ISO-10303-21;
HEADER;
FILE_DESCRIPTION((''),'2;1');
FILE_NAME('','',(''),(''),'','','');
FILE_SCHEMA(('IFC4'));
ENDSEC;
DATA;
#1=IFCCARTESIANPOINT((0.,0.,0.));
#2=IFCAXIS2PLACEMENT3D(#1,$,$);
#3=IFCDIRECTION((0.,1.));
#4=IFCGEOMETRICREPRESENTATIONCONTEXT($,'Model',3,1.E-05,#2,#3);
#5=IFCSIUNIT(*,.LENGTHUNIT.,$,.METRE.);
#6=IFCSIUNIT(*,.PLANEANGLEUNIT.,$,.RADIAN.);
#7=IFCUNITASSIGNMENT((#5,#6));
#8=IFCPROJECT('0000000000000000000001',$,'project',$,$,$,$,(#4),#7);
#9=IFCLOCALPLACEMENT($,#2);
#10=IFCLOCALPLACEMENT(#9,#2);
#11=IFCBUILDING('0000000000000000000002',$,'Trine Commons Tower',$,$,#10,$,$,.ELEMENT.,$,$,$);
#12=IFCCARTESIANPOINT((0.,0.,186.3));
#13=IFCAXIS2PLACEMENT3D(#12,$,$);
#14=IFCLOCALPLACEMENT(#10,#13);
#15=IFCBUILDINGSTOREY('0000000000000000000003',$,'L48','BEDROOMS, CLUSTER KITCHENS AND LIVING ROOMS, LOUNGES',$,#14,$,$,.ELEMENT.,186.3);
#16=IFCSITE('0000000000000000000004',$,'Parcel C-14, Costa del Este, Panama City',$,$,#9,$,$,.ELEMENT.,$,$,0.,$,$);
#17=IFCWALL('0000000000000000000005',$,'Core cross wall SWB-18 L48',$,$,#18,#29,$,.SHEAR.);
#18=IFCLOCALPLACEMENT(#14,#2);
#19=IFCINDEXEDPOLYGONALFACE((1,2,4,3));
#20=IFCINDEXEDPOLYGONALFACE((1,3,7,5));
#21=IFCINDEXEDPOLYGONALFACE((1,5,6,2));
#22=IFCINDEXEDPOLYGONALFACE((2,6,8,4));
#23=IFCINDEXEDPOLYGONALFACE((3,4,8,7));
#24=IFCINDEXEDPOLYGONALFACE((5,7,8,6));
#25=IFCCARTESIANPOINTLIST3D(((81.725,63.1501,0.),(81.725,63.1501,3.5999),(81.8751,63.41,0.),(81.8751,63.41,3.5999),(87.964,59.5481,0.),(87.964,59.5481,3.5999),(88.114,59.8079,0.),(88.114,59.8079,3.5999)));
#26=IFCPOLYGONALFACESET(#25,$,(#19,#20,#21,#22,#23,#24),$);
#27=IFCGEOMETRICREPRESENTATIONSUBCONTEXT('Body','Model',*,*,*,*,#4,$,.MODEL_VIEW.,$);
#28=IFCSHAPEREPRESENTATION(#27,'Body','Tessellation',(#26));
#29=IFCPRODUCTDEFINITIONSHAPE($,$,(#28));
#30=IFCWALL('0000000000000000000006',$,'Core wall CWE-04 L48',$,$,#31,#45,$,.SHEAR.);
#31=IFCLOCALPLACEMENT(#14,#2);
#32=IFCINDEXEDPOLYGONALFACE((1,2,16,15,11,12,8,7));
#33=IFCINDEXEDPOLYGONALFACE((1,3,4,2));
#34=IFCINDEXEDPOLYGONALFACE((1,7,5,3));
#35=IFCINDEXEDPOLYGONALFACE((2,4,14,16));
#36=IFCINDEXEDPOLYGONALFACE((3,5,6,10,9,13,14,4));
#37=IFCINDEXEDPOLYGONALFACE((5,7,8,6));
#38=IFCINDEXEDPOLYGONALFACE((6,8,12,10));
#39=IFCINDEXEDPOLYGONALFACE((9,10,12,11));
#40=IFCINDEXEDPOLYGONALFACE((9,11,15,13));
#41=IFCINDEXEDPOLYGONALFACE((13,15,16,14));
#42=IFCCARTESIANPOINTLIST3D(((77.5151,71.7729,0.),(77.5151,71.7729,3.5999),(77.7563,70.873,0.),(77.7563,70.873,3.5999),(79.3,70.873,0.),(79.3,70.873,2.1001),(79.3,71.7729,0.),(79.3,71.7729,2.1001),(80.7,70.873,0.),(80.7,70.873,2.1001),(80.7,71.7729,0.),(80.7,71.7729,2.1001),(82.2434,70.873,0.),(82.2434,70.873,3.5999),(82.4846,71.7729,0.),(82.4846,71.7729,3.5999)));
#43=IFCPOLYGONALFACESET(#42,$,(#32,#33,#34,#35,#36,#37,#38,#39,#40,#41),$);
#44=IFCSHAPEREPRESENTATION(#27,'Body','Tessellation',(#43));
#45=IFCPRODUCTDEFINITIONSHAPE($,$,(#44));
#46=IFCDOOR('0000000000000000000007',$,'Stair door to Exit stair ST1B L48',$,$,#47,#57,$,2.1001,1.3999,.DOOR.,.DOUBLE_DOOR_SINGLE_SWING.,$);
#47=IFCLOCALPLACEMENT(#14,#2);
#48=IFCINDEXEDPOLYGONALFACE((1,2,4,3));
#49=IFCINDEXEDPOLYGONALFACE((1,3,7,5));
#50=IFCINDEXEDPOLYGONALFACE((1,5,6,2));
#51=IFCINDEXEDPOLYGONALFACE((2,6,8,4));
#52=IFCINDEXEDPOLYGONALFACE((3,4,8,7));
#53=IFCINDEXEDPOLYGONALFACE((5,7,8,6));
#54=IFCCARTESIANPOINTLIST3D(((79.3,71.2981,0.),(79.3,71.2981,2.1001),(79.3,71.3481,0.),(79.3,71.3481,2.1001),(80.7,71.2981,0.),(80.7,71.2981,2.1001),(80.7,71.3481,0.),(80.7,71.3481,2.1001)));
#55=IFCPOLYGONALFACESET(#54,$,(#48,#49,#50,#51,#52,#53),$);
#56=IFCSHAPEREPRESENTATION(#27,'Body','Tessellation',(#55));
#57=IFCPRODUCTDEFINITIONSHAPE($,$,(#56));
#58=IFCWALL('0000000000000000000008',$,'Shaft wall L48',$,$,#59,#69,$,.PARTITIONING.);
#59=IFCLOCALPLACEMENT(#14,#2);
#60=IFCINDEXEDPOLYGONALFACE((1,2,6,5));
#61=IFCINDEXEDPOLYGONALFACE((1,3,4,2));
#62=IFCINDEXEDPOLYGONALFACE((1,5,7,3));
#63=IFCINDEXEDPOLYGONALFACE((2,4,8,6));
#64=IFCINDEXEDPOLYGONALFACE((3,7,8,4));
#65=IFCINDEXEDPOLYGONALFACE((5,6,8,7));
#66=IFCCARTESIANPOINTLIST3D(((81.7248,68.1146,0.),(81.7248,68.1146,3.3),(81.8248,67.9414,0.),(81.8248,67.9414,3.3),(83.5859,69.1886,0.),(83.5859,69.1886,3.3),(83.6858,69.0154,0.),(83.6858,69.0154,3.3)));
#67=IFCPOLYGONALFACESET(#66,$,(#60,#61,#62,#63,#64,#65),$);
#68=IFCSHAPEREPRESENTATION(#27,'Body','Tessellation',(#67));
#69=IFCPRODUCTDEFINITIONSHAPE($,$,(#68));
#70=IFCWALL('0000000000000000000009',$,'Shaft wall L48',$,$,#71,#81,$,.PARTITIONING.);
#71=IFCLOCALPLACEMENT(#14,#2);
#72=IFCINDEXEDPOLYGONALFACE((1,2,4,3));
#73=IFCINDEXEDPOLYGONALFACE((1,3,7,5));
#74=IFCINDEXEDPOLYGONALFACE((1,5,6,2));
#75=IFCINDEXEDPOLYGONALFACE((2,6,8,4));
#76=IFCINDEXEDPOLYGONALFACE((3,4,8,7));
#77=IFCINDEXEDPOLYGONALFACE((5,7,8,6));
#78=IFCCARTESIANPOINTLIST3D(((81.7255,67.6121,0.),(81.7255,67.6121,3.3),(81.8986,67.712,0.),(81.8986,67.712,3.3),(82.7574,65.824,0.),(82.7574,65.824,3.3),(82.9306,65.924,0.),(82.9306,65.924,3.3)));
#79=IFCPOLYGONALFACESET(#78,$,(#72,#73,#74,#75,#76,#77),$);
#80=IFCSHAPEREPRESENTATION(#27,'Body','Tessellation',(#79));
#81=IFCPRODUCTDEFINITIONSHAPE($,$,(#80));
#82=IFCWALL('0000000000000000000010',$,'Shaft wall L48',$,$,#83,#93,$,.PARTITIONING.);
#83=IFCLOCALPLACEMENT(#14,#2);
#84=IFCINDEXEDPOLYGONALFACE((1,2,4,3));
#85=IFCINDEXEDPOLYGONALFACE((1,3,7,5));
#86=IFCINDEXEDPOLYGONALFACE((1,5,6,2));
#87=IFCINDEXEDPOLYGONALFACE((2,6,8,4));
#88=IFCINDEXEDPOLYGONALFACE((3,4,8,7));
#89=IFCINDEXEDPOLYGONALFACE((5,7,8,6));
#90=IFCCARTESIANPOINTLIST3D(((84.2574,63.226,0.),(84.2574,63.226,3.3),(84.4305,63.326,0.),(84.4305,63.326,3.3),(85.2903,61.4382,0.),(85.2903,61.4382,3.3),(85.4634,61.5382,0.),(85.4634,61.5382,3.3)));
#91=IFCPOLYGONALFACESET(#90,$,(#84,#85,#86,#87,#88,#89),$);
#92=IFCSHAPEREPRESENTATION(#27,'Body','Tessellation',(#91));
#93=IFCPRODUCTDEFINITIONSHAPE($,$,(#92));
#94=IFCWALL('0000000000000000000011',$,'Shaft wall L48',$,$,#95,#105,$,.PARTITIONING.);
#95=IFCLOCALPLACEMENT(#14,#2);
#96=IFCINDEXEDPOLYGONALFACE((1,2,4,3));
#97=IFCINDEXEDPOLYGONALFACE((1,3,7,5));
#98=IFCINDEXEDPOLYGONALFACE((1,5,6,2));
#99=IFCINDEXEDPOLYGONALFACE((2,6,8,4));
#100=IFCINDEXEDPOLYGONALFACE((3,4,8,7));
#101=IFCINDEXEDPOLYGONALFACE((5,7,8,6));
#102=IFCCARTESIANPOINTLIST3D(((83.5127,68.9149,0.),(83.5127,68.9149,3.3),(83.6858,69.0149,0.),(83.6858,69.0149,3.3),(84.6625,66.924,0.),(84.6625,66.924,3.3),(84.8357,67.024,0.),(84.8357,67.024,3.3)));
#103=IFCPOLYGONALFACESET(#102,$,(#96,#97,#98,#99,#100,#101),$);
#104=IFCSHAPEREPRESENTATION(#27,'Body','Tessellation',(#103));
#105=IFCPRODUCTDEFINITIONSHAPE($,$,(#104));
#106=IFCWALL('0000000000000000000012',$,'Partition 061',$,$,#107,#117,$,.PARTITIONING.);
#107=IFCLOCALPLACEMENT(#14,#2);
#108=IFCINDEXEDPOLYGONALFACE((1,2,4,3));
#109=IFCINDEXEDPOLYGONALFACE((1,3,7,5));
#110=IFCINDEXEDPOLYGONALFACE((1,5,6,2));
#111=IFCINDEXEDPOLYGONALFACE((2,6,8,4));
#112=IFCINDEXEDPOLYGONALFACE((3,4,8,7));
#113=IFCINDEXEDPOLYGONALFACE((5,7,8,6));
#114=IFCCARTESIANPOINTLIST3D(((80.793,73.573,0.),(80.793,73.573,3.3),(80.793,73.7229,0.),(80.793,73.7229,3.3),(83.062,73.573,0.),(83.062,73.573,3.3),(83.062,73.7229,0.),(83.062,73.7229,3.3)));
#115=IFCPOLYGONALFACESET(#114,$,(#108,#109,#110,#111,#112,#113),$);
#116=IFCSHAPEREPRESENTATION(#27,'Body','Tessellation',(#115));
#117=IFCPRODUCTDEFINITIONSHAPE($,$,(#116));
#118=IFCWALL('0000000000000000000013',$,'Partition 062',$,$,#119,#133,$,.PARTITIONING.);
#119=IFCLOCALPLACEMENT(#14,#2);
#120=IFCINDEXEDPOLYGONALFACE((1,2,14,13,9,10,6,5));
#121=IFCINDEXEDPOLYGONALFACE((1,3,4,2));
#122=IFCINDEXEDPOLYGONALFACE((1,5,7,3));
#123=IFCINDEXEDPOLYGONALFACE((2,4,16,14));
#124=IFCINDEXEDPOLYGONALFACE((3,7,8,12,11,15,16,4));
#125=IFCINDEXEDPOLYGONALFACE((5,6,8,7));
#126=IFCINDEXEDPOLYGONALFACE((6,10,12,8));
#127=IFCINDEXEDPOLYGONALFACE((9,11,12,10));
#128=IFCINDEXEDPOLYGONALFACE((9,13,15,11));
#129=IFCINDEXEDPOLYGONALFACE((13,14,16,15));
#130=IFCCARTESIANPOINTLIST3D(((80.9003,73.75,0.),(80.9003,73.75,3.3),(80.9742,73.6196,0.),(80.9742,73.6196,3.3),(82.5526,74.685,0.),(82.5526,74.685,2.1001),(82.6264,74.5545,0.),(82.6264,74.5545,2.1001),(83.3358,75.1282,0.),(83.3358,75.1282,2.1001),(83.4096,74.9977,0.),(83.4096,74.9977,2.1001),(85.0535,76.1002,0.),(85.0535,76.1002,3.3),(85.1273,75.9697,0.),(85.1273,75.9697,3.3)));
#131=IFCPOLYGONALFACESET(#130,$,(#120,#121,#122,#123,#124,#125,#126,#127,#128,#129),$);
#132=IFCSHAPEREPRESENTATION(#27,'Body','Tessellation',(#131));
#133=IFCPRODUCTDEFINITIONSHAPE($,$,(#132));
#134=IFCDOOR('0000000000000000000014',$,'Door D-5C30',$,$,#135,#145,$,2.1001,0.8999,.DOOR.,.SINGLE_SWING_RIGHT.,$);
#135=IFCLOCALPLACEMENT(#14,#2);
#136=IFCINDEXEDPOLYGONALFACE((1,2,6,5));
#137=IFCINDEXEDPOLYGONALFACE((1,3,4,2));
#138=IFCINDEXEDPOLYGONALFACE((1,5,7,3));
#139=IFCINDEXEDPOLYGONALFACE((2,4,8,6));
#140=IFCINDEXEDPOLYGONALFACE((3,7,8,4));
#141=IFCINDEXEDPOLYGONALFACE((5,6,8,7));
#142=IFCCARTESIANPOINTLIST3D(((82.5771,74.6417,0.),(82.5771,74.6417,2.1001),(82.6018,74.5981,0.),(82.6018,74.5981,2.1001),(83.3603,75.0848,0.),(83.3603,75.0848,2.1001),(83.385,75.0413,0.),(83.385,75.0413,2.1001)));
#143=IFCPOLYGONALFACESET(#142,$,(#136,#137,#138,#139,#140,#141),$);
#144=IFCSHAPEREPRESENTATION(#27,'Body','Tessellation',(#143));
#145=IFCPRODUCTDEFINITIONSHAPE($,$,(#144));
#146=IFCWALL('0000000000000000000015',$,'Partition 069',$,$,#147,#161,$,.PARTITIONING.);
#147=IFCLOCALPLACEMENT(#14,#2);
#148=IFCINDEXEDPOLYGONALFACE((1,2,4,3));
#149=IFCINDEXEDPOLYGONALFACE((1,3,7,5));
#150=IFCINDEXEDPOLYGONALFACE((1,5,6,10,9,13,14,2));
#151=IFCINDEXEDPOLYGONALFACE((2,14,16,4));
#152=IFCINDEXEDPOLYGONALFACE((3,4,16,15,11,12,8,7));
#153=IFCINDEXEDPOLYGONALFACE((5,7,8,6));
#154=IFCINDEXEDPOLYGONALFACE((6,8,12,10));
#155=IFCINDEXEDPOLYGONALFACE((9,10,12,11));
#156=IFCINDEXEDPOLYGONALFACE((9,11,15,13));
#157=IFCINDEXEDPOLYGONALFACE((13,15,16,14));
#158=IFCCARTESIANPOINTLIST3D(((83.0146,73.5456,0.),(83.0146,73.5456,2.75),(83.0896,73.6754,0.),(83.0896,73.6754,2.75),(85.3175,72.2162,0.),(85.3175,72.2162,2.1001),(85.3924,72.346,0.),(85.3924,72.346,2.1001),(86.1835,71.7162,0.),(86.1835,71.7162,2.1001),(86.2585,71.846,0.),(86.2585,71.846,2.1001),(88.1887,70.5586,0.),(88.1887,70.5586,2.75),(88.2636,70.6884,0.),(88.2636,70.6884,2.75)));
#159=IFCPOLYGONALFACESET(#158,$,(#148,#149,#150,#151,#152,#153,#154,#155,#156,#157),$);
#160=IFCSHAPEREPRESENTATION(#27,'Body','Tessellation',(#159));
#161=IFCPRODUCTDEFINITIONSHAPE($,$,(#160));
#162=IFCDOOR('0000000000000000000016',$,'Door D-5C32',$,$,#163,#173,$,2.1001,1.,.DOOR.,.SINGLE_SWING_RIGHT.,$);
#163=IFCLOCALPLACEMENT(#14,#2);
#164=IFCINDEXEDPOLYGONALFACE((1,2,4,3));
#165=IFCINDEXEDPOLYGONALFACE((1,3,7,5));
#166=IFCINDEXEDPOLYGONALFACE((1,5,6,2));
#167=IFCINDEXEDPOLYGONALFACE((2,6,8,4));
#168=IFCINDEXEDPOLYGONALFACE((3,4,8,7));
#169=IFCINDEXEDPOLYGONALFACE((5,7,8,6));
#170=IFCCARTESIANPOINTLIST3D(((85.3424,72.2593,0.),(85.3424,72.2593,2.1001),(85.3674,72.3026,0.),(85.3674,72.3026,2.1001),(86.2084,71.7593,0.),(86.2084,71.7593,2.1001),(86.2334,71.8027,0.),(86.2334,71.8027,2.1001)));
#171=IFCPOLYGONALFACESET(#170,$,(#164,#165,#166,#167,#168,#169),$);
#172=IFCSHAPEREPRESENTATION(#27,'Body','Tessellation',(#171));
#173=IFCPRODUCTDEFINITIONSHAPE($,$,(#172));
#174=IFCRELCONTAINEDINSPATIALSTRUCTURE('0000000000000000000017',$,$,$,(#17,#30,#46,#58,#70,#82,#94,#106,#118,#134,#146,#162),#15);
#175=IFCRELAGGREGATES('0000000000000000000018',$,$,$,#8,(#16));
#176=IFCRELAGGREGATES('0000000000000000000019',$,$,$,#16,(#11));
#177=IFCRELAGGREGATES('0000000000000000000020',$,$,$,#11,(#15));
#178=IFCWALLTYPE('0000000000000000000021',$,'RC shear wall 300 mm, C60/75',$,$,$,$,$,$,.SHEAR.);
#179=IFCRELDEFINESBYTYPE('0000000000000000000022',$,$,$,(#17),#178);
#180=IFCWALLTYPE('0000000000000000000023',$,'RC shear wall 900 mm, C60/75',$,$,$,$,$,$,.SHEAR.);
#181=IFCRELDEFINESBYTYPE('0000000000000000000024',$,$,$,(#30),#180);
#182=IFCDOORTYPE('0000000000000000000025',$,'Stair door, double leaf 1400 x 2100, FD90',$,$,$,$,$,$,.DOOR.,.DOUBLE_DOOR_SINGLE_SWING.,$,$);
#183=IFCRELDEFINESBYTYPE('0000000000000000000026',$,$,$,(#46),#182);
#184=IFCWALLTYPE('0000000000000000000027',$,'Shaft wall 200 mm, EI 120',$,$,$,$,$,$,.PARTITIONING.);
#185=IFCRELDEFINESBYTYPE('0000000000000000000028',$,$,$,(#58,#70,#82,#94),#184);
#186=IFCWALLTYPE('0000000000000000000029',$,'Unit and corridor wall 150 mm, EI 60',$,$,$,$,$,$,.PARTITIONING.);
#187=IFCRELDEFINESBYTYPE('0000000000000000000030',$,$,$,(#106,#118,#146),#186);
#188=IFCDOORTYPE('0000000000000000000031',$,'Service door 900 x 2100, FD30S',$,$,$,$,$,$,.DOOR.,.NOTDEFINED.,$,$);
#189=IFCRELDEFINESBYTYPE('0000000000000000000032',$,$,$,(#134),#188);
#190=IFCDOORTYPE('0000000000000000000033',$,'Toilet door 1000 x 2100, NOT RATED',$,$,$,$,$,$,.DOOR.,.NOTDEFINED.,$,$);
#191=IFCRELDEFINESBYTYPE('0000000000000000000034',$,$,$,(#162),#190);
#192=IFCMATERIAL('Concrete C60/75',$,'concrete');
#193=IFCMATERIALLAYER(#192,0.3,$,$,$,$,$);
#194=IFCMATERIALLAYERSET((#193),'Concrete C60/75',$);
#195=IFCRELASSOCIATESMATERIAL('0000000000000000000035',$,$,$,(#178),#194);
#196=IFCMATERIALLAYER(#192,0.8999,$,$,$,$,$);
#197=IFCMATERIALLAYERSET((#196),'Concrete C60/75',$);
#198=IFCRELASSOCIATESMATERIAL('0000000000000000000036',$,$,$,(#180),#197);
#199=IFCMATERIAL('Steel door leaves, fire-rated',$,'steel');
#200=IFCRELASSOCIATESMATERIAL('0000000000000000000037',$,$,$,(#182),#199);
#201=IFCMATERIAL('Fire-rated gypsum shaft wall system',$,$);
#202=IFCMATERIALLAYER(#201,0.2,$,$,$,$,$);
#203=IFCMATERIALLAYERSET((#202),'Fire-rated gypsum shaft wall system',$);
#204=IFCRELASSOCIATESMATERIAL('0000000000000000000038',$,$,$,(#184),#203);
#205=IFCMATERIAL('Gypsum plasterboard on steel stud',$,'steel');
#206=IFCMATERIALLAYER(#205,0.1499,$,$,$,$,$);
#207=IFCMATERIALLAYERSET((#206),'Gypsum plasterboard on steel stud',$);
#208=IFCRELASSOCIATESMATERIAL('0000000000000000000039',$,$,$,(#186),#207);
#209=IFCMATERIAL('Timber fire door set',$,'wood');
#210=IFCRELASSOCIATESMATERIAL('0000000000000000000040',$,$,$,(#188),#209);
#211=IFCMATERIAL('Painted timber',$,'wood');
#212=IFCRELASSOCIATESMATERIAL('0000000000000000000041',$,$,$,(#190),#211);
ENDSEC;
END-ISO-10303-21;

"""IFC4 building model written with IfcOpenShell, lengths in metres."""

from ifc_helpers import new_model, si_unit, direction, frame, frame_2d, origin, place, context, subcontext, project, spatial, polyline, rectangle, outline, extrude, material, layer, layer_set, type_object, element, fill, save


model = new_model("IFC4")

# Units and contexts
model_context = context("Model", 3, precision=1e-05, world=origin(), true_north=direction((0.0, 1.0)))
body_context = subcontext(model_context, "Body", "Model", "MODEL_VIEW")
ifc_project = project(units=[si_unit("LENGTHUNIT", "METRE"), si_unit("PLANEANGLEUNIT", "RADIAN")], contexts=[model_context])

# Site, building, storey
site_placement = place(None, origin())
site = spatial("IfcSite", under=ifc_project, at=site_placement, Name="Parcel C-14, Costa del Este, Panama City", CompositionType="ELEMENT", RefElevation=0.0)
building_placement = place(site_placement, origin())
building = spatial("IfcBuilding", under=site, at=building_placement, Name="Trine Commons Tower", CompositionType="ELEMENT")
storey_placement = place(building_placement, frame((0.0, 0.0, 186.3)))
storey = spatial("IfcBuildingStorey", under=building, at=storey_placement, Name="L48", Description="BEDROOMS, CLUSTER KITCHENS AND LIVING ROOMS, LOUNGES", CompositionType="ELEMENT", Elevation=186.3)

# Shared definitions
ifc_material_1 = material(Name="Fire-rated gypsum shaft wall system")
ifc_material_2 = material(Name="Concrete C60/75", Category="concrete")
ifc_layer_1 = layer(ifc_material_2, 0.3)
ifc_layer_set_1 = layer_set([ifc_layer_1], Name="Concrete C60/75")
wall_type_1 = type_object("IfcWallType", Name="RC shear wall 300 mm, C60/75", PredefinedType="SHEAR", material=ifc_layer_set_1)

# Wall
wall_1_placement = place(storey_placement, frame((81.8, 63.28, 0.0), z_axis=(0.0, 0.0, 1.0), x_axis=(0.866028, -0.499995, 0.0)))
element("IfcWall", 1, at=wall_1_placement, inside=storey, type_object=wall_type_1, Name="Core cross wall SWB-18 L48", PredefinedType="SHEAR", context=body_context, shape_type="SweptSolid", body=[
    extrude(rectangle(XDim=7.2041, YDim=0.3, at=frame_2d((3.6021, 0.0))), origin(), (0.0, 0.0, 1.0), 3.5999),
])

# Wall, opening, door
ifc_layer_2 = layer(ifc_material_2, 0.8999)
ifc_layer_set_2 = layer_set([ifc_layer_2], Name="Concrete C60/75")
wall_type_2 = type_object("IfcWallType", Name="RC shear wall 900 mm, C60/75", PredefinedType="SHEAR", material=ifc_layer_set_2)
wall_2_placement = place(storey_placement, frame((82.4846, 71.323, 0.0), z_axis=(0.0, 0.0, 1.0), x_axis=(-1.0, 0.0, 0.0)))
wall_2 = element("IfcWall", 2, at=wall_2_placement, inside=storey, type_object=wall_type_2, Name="Core wall CWE-04 L48", PredefinedType="SHEAR", context=body_context, shape_type="SweptSolid", body=[
    extrude(outline(polyline([(0.0, -0.45), (4.9695, -0.45), (4.7283, 0.45), (0.2412, 0.45), (0.0, -0.45)])), origin(), (0.0, 0.0, 1.0), 3.5999),
])
opening_1_placement = place(wall_2_placement, frame((1.7847, 0.0, 0.0)))
opening_1 = element("IfcOpeningElement", 3, at=opening_1_placement, cuts=wall_2, PredefinedType="OPENING", context=body_context, shape_type="SweptSolid", body=[
    extrude(rectangle(XDim=1.3999, YDim=2.1001, at=frame_2d((0.7, 1.05))), frame((0.0, 0.46, 0.0), z_axis=(0.0, -1.0, 0.0), x_axis=(1.0, 0.0, 0.0)), (0.0, 0.0, 1.0), 0.9199),
])
ifc_material_3 = material(Name="Steel door leaves, fire-rated", Category="steel")
door_type_1 = type_object("IfcDoorType", Name="Stair door, double leaf 1400 x 2100, FD90", OperationType="DOUBLE_DOOR_SINGLE_SWING", PredefinedType="DOOR", material=ifc_material_3)
door_1_placement = place(opening_1_placement, origin())
door_1 = element("IfcDoor", 4, at=door_1_placement, inside=storey, type_object=door_type_1, Name="Stair door to Exit stair ST1B L48", OperationType="DOUBLE_DOOR_SINGLE_SWING", OverallHeight=2.1001, OverallWidth=1.3999, PredefinedType="DOOR", context=body_context, shape_type="SweptSolid", body=[
    extrude(rectangle(XDim=1.3999, YDim=2.1001, at=frame_2d((0.7, 1.05))), frame((0.0, 0.0249, 0.0), z_axis=(0.0, -1.0, 0.0), x_axis=(1.0, 0.0, 0.0)), (0.0, 0.0, 1.0), 0.05),
])
fill(opening_1, door_1)

# Walls
ifc_layer_3 = layer(ifc_material_1, 0.2)
ifc_layer_set_3 = layer_set([ifc_layer_3], Name="Fire-rated gypsum shaft wall system")
wall_type_3 = type_object("IfcWallType", Name="Shaft wall 200 mm, EI 120", PredefinedType="PARTITIONING", material=ifc_layer_set_3)
wall_3_placement = place(storey_placement, frame((81.7749, 68.0281, 0.0), z_axis=(0.0, 0.0, 1.0), x_axis=(0.866131, 0.499818, 0.0)))
element("IfcWall", 5, at=wall_3_placement, inside=storey, type_object=wall_type_3, Name="Shaft wall L48", PredefinedType="PARTITIONING", context=body_context, shape_type="SweptSolid", body=[
    extrude(rectangle(XDim=2.1487, YDim=0.2, at=frame_2d((1.0742, 0.0))), origin(), (0.0, 0.0, 1.0), 3.3),
])
wall_4_placement = place(storey_placement, frame((82.844, 65.874, 0.0), z_axis=(0.0, 0.0, 1.0), x_axis=(-0.499866, 0.866103, 0.0)))
element("IfcWall", 6, at=wall_4_placement, inside=storey, type_object=wall_type_3, Name="Shaft wall L48", PredefinedType="PARTITIONING", context=body_context, shape_type="SweptSolid", body=[
    extrude(rectangle(XDim=2.0645, YDim=0.2, at=frame_2d((1.0322, 0.0))), origin(), (0.0, 0.0, 1.0), 3.3),
])
wall_5_placement = place(storey_placement, frame((84.344, 63.2759, 0.0), z_axis=(0.0, 0.0, 1.0), x_axis=(0.500272, -0.865868, 0.0)))
element("IfcWall", 7, at=wall_5_placement, inside=storey, type_object=wall_type_3, Name="Shaft wall L48", PredefinedType="PARTITIONING", context=body_context, shape_type="SweptSolid", body=[
    extrude(rectangle(XDim=2.0647, YDim=0.2, at=frame_2d((1.0322, 0.0))), origin(), (0.0, 0.0, 1.0), 3.3),
])
wall_6_placement = place(storey_placement, frame((84.749, 66.9741, 0.0), z_axis=(0.0, 0.0, 1.0), x_axis=(-0.500136, 0.865947, 0.0)))
element("IfcWall", 8, at=wall_6_placement, inside=storey, type_object=wall_type_3, Name="Shaft wall L48", PredefinedType="PARTITIONING", context=body_context, shape_type="SweptSolid", body=[
    extrude(rectangle(XDim=2.2991, YDim=0.2, at=frame_2d((1.1494, 0.0))), origin(), (0.0, 0.0, 1.0), 3.3),
])
ifc_material_4 = material(Name="Gypsum plasterboard on steel stud", Category="steel")
ifc_layer_4 = layer(ifc_material_4, 0.1499)
ifc_layer_set_4 = layer_set([ifc_layer_4], Name="Gypsum plasterboard on steel stud")
wall_type_4 = type_object("IfcWallType", Name="Unit and corridor wall 150 mm, EI 60", PredefinedType="PARTITIONING", material=ifc_layer_set_4)
wall_7_placement = place(storey_placement, frame((80.793, 73.6479, 0.0), z_axis=(0.0, 0.0, 1.0), x_axis=(1.0, 0.0, 0.0)))
element("IfcWall", 9, at=wall_7_placement, inside=storey, type_object=wall_type_4, Name="Partition 061", PredefinedType="PARTITIONING", context=body_context, shape_type="SweptSolid", body=[
    extrude(rectangle(XDim=2.269, YDim=0.1499, at=frame_2d((1.1345, 0.0))), origin(), (0.0, 0.0, 1.0), 3.3),
])

# Walls, openings, doors
wall_8_placement = place(storey_placement, frame((80.9373, 73.6848, 0.0), z_axis=(0.0, 0.0, 1.0), x_axis=(0.87032, 0.492487, 0.0)))
wall_8 = element("IfcWall", 10, at=wall_8_placement, inside=storey, type_object=wall_type_4, Name="Partition 062", PredefinedType="PARTITIONING", context=body_context, shape_type="SweptSolid", body=[
    extrude(rectangle(XDim=4.772, YDim=0.1499, at=frame_2d((2.386, 0.0))), origin(), (0.0, 0.0, 1.0), 3.3),
])
opening_2_placement = place(wall_8_placement, frame((1.8984, 0.0, 0.0)))
opening_2 = element("IfcOpeningElement", 11, at=opening_2_placement, cuts=wall_8, PredefinedType="OPENING", context=body_context, shape_type="SweptSolid", body=[
    extrude(rectangle(XDim=0.8999, YDim=2.1001, at=frame_2d((0.45, 1.05))), frame((0.0, 0.085, 0.0), z_axis=(0.0, -1.0, 0.0), x_axis=(1.0, 0.0, 0.0)), (0.0, 0.0, 1.0), 0.1699),
])
ifc_material_5 = material(Name="Timber fire door set", Category="wood")
door_type_2 = type_object("IfcDoorType", Name="Service door 900 x 2100, FD30S", OperationType="NOTDEFINED", PredefinedType="DOOR", material=ifc_material_5)
door_2_placement = place(opening_2_placement, frame((0.8999, 0.0, 0.0), z_axis=(0.0, 0.0, 1.0), x_axis=(-1.0, 0.0, 0.0)))
door_2 = element("IfcDoor", 12, at=door_2_placement, inside=storey, type_object=door_type_2, Name="Door D-5C30", OperationType="SINGLE_SWING_RIGHT", OverallHeight=2.1001, OverallWidth=0.8999, PredefinedType="DOOR", context=body_context, shape_type="SweptSolid", body=[
    extrude(rectangle(XDim=0.8999, YDim=2.1001, at=frame_2d((0.45, 1.05))), frame((0.0, 0.0249, 0.0), z_axis=(0.0, -1.0, 0.0), x_axis=(1.0, 0.0, 0.0)), (0.0, 0.0, 1.0), 0.05),
])
fill(opening_2, door_2)
wall_9_placement = place(storey_placement, frame((83.052, 73.6106, 0.0), z_axis=(0.0, 0.0, 1.0), x_axis=(0.866039, -0.499976, 0.0)))
wall_9 = element("IfcWall", 13, at=wall_9_placement, inside=storey, type_object=wall_type_4, Name="Partition 069", PredefinedType="PARTITIONING", context=body_context, shape_type="SweptSolid", body=[
    extrude(rectangle(XDim=5.9744, YDim=0.1499, at=frame_2d((2.9873, 0.0))), origin(), (0.0, 0.0, 1.0), 2.75),
])
opening_3_placement = place(wall_9_placement, frame((2.6592, 0.0, 0.0)))
opening_3 = element("IfcOpeningElement", 14, at=opening_3_placement, cuts=wall_9, PredefinedType="OPENING", context=body_context, shape_type="SweptSolid", body=[
    extrude(rectangle(XDim=1.0, YDim=2.1001, at=frame_2d((0.5, 1.05))), frame((0.0, 0.085, 0.0), z_axis=(0.0, -1.0, 0.0), x_axis=(1.0, 0.0, 0.0)), (0.0, 0.0, 1.0), 0.1699),
])
ifc_material_6 = material(Name="Painted timber", Category="wood")
door_type_3 = type_object("IfcDoorType", Name="Toilet door 1000 x 2100, NOT RATED", OperationType="NOTDEFINED", PredefinedType="DOOR", material=ifc_material_6)
door_3_placement = place(opening_3_placement, origin())
door_3 = element("IfcDoor", 15, at=door_3_placement, inside=storey, type_object=door_type_3, Name="Door D-5C32", OperationType="SINGLE_SWING_RIGHT", OverallHeight=2.1001, OverallWidth=1.0, PredefinedType="DOOR", context=body_context, shape_type="SweptSolid", body=[
    extrude(rectangle(XDim=1.0, YDim=2.1001, at=frame_2d((0.5, 1.05))), frame((0.0, 0.0249, 0.0), z_axis=(0.0, -1.0, 0.0), x_axis=(1.0, 0.0, 0.0)), (0.0, 0.0, 1.0), 0.05),
])
fill(opening_3, door_3)

save(model, "model.ifc")
